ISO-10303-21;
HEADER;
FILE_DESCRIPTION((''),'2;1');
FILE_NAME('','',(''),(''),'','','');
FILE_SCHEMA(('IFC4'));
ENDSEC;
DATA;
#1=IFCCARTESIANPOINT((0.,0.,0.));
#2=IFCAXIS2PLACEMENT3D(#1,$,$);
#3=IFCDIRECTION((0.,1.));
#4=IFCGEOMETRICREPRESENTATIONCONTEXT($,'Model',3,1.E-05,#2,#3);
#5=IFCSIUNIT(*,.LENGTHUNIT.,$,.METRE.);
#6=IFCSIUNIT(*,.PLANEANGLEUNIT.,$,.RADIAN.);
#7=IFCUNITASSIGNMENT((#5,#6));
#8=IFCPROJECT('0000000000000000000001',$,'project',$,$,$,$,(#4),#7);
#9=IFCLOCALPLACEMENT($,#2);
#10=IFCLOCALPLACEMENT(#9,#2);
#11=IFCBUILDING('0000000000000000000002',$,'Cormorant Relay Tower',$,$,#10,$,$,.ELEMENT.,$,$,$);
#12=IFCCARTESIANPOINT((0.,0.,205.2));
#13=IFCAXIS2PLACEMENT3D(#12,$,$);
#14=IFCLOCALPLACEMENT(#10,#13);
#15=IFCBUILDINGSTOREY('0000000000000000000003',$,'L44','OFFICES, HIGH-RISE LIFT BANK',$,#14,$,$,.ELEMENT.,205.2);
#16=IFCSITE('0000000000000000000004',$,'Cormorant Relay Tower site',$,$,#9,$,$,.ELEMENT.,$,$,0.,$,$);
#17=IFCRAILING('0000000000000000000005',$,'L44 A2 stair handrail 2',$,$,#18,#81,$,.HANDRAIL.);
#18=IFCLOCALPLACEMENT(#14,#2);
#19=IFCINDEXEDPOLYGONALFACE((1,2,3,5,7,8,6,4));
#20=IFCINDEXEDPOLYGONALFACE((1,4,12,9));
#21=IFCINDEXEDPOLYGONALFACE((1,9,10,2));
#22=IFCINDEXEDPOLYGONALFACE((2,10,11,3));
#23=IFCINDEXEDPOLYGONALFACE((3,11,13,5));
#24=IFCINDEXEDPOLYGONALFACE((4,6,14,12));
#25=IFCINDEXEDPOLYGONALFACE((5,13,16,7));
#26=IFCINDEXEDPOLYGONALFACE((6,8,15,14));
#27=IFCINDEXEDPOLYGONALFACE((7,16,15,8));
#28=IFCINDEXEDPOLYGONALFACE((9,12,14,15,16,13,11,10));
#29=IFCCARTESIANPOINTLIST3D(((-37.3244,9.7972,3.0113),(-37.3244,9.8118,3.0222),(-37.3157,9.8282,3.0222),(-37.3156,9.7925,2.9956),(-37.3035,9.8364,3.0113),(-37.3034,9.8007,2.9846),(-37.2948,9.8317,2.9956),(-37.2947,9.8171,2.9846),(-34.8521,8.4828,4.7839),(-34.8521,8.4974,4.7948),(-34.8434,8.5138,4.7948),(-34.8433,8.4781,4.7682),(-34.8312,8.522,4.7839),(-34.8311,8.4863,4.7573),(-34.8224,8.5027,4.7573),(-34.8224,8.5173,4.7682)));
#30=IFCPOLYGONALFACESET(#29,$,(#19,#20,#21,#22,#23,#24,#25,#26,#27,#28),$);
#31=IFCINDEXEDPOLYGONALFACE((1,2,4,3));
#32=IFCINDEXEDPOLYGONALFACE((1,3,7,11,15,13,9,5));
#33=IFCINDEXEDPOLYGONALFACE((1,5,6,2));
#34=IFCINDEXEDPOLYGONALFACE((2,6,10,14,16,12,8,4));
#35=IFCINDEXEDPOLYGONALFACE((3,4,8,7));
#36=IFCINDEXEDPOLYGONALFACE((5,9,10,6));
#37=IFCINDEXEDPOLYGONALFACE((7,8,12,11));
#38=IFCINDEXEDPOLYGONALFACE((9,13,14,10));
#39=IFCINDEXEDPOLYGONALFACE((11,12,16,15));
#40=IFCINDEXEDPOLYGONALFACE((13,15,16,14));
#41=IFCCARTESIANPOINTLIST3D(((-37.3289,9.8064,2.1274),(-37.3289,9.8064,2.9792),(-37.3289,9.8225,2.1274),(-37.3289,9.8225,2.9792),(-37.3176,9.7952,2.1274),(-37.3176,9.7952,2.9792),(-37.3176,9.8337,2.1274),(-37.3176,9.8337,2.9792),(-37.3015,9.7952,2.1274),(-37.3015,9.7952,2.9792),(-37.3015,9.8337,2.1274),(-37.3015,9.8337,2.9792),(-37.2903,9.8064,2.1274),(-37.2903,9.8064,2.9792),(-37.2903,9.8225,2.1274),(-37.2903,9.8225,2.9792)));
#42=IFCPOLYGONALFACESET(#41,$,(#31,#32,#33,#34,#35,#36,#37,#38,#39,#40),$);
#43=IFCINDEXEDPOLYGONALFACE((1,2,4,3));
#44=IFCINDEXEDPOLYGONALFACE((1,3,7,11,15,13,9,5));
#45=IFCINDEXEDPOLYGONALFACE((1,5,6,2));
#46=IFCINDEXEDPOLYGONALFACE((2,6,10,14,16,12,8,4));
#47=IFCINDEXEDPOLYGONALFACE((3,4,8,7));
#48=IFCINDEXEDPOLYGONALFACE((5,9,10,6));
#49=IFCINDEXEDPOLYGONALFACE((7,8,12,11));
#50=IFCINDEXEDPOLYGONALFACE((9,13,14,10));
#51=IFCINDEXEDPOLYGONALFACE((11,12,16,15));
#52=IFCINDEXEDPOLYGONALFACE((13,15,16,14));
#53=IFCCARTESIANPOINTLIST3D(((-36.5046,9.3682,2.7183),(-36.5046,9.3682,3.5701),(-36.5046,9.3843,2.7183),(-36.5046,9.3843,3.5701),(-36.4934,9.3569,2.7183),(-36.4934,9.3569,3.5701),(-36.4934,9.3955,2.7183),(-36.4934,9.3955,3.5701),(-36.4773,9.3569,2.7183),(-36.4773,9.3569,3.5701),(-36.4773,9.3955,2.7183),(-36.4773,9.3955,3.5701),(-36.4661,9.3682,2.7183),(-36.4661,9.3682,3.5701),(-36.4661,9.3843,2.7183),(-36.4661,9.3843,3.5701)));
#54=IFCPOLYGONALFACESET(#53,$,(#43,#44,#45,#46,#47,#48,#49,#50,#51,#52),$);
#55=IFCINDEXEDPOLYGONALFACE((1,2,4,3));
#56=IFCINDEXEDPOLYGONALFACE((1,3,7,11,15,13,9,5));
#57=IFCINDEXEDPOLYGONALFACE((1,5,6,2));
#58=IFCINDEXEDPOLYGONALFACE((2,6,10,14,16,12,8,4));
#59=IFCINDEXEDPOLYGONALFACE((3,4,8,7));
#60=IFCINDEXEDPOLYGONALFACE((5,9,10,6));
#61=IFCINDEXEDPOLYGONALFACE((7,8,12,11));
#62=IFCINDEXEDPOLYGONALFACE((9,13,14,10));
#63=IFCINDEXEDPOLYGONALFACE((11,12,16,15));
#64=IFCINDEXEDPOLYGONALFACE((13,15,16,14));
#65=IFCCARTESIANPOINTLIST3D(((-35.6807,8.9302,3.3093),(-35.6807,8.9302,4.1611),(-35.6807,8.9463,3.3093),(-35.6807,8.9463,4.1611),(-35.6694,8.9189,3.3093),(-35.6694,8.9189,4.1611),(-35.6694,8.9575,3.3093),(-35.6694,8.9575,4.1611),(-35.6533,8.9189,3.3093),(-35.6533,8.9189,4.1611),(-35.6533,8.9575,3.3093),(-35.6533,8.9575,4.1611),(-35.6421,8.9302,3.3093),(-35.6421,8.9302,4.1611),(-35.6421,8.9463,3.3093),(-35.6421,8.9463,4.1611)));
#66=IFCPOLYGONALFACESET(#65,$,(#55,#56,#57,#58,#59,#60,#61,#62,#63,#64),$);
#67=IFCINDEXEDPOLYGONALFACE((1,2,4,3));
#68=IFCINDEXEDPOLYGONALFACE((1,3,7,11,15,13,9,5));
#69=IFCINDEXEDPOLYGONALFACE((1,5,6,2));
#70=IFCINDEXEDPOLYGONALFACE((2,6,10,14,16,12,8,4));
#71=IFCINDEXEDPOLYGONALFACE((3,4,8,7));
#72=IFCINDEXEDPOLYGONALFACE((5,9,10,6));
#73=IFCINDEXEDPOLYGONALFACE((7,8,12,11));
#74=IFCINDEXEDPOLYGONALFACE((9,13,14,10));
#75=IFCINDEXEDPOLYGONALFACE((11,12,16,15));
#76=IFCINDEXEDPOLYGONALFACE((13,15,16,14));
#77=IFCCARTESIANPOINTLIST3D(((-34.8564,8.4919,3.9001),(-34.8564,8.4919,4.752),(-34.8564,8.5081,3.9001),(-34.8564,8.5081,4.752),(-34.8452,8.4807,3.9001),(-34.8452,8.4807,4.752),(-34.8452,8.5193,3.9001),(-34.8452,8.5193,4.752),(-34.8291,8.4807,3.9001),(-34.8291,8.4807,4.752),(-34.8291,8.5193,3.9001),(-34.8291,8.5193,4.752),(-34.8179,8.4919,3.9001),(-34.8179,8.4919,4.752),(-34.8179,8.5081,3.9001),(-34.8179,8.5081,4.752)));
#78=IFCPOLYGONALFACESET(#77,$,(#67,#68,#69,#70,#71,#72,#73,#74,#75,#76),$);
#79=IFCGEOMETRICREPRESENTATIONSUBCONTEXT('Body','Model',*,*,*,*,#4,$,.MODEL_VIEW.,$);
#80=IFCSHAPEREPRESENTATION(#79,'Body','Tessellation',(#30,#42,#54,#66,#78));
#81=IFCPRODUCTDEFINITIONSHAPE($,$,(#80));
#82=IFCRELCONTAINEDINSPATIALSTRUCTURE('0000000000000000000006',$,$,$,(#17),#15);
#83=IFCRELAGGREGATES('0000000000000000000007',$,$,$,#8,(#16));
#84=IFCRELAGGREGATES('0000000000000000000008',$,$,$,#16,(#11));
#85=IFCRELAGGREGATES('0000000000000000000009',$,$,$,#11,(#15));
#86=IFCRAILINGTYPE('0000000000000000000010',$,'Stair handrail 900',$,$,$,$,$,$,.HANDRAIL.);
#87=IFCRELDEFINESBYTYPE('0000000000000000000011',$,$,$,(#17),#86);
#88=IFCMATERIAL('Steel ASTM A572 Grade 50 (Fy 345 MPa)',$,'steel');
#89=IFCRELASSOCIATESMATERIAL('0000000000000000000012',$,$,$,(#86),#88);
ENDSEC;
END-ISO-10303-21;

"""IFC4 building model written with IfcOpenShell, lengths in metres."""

from ifc_helpers import new_model, si_unit, direction, frame, origin, place, context, subcontext, project, spatial, polyline, outline, extrude, material, type_object, element, save


model = new_model("IFC4")

# Units and contexts
model_context = context("Model", 3, precision=1e-05, world=origin(), true_north=direction((0.0, 1.0)))
body_context = subcontext(model_context, "Body", "Model", "MODEL_VIEW")
ifc_project = project(units=[si_unit("LENGTHUNIT", "METRE"), si_unit("PLANEANGLEUNIT", "RADIAN")], contexts=[model_context])

# Site, building, storey
site_placement = place(None, origin())
site = spatial("IfcSite", under=ifc_project, at=site_placement, Name="Cormorant Relay Tower site", CompositionType="ELEMENT", RefElevation=0.0)
building_placement = place(site_placement, origin())
building = spatial("IfcBuilding", under=site, at=building_placement, Name="Cormorant Relay Tower", CompositionType="ELEMENT")
storey_placement = place(building_placement, frame((0.0, 0.0, 205.2)))
storey = spatial("IfcBuildingStorey", under=building, at=storey_placement, Name="L44", Description="OFFICES, HIGH-RISE LIFT BANK", CompositionType="ELEMENT", Elevation=205.2)

# Railing
ifc_material_1 = material(Name="Steel ASTM A572 Grade 50 (Fy 345 MPa)", Category="steel")
railing_type_1 = type_object("IfcRailingType", Name="Stair handrail 900", PredefinedType="HANDRAIL", material=ifc_material_1)
railing_1_placement = place(storey_placement, frame((-37.3096, 9.8145, 2.1274)))
element("IfcRailing", 1, at=railing_1_placement, inside=storey, type_object=railing_type_1, Name="L44 A2 stair handrail 2", PredefinedType="HANDRAIL", context=body_context, shape_type="SweptSolid", body=[
    extrude(outline(polyline([(0.0222, 0.0093), (0.0093, 0.0222), (-0.0093, 0.0222), (-0.0222, 0.0093), (-0.0222, -0.0093), (-0.0093, -0.0222), (0.0093, -0.0222), (0.0222, -0.0093), (0.0222, 0.0093)])), frame((0.0, 0.0, 0.876), z_axis=(0.746034, -0.396627, 0.534902), x_axis=(0.469429, 0.88297, 0.0)), (0.0, 0.0, 1.0), 3.314),
    extrude(outline(polyline([(0.0193, 0.0081), (0.0081, 0.0193), (-0.0081, 0.0193), (-0.0193, 0.0081), (-0.0193, -0.0081), (-0.0081, -0.0193), (0.0081, -0.0193), (0.0193, -0.0081), (0.0193, 0.0081)])), origin(), (0.0, 0.0, 1.0), 0.8518),
    extrude(outline(polyline([(0.0193, 0.0081), (0.0081, 0.0193), (-0.0081, 0.0193), (-0.0193, 0.0081), (-0.0193, -0.0081), (-0.0081, -0.0193), (0.0081, -0.0193), (0.0193, -0.0081), (0.0193, 0.0081)])), frame((0.8242, -0.4382, 0.5908)), (0.0, 0.0, 1.0), 0.8518),
    extrude(outline(polyline([(0.0193, 0.0081), (0.0081, 0.0193), (-0.0081, 0.0193), (-0.0193, 0.0081), (-0.0193, -0.0081), (-0.0081, -0.0193), (0.0081, -0.0193), (0.0193, -0.0081), (0.0193, 0.0081)])), frame((1.6482, -0.8762, 1.1819)), (0.0, 0.0, 1.0), 0.8518),
    extrude(outline(polyline([(0.0193, 0.0081), (0.0081, 0.0193), (-0.0081, 0.0193), (-0.0193, 0.0081), (-0.0193, -0.0081), (-0.0081, -0.0193), (0.0081, -0.0193), (0.0193, -0.0081), (0.0193, 0.0081)])), frame((2.4724, -1.3145, 1.7727)), (0.0, 0.0, 1.0), 0.8518),
])

save(model, "model.ifc")
